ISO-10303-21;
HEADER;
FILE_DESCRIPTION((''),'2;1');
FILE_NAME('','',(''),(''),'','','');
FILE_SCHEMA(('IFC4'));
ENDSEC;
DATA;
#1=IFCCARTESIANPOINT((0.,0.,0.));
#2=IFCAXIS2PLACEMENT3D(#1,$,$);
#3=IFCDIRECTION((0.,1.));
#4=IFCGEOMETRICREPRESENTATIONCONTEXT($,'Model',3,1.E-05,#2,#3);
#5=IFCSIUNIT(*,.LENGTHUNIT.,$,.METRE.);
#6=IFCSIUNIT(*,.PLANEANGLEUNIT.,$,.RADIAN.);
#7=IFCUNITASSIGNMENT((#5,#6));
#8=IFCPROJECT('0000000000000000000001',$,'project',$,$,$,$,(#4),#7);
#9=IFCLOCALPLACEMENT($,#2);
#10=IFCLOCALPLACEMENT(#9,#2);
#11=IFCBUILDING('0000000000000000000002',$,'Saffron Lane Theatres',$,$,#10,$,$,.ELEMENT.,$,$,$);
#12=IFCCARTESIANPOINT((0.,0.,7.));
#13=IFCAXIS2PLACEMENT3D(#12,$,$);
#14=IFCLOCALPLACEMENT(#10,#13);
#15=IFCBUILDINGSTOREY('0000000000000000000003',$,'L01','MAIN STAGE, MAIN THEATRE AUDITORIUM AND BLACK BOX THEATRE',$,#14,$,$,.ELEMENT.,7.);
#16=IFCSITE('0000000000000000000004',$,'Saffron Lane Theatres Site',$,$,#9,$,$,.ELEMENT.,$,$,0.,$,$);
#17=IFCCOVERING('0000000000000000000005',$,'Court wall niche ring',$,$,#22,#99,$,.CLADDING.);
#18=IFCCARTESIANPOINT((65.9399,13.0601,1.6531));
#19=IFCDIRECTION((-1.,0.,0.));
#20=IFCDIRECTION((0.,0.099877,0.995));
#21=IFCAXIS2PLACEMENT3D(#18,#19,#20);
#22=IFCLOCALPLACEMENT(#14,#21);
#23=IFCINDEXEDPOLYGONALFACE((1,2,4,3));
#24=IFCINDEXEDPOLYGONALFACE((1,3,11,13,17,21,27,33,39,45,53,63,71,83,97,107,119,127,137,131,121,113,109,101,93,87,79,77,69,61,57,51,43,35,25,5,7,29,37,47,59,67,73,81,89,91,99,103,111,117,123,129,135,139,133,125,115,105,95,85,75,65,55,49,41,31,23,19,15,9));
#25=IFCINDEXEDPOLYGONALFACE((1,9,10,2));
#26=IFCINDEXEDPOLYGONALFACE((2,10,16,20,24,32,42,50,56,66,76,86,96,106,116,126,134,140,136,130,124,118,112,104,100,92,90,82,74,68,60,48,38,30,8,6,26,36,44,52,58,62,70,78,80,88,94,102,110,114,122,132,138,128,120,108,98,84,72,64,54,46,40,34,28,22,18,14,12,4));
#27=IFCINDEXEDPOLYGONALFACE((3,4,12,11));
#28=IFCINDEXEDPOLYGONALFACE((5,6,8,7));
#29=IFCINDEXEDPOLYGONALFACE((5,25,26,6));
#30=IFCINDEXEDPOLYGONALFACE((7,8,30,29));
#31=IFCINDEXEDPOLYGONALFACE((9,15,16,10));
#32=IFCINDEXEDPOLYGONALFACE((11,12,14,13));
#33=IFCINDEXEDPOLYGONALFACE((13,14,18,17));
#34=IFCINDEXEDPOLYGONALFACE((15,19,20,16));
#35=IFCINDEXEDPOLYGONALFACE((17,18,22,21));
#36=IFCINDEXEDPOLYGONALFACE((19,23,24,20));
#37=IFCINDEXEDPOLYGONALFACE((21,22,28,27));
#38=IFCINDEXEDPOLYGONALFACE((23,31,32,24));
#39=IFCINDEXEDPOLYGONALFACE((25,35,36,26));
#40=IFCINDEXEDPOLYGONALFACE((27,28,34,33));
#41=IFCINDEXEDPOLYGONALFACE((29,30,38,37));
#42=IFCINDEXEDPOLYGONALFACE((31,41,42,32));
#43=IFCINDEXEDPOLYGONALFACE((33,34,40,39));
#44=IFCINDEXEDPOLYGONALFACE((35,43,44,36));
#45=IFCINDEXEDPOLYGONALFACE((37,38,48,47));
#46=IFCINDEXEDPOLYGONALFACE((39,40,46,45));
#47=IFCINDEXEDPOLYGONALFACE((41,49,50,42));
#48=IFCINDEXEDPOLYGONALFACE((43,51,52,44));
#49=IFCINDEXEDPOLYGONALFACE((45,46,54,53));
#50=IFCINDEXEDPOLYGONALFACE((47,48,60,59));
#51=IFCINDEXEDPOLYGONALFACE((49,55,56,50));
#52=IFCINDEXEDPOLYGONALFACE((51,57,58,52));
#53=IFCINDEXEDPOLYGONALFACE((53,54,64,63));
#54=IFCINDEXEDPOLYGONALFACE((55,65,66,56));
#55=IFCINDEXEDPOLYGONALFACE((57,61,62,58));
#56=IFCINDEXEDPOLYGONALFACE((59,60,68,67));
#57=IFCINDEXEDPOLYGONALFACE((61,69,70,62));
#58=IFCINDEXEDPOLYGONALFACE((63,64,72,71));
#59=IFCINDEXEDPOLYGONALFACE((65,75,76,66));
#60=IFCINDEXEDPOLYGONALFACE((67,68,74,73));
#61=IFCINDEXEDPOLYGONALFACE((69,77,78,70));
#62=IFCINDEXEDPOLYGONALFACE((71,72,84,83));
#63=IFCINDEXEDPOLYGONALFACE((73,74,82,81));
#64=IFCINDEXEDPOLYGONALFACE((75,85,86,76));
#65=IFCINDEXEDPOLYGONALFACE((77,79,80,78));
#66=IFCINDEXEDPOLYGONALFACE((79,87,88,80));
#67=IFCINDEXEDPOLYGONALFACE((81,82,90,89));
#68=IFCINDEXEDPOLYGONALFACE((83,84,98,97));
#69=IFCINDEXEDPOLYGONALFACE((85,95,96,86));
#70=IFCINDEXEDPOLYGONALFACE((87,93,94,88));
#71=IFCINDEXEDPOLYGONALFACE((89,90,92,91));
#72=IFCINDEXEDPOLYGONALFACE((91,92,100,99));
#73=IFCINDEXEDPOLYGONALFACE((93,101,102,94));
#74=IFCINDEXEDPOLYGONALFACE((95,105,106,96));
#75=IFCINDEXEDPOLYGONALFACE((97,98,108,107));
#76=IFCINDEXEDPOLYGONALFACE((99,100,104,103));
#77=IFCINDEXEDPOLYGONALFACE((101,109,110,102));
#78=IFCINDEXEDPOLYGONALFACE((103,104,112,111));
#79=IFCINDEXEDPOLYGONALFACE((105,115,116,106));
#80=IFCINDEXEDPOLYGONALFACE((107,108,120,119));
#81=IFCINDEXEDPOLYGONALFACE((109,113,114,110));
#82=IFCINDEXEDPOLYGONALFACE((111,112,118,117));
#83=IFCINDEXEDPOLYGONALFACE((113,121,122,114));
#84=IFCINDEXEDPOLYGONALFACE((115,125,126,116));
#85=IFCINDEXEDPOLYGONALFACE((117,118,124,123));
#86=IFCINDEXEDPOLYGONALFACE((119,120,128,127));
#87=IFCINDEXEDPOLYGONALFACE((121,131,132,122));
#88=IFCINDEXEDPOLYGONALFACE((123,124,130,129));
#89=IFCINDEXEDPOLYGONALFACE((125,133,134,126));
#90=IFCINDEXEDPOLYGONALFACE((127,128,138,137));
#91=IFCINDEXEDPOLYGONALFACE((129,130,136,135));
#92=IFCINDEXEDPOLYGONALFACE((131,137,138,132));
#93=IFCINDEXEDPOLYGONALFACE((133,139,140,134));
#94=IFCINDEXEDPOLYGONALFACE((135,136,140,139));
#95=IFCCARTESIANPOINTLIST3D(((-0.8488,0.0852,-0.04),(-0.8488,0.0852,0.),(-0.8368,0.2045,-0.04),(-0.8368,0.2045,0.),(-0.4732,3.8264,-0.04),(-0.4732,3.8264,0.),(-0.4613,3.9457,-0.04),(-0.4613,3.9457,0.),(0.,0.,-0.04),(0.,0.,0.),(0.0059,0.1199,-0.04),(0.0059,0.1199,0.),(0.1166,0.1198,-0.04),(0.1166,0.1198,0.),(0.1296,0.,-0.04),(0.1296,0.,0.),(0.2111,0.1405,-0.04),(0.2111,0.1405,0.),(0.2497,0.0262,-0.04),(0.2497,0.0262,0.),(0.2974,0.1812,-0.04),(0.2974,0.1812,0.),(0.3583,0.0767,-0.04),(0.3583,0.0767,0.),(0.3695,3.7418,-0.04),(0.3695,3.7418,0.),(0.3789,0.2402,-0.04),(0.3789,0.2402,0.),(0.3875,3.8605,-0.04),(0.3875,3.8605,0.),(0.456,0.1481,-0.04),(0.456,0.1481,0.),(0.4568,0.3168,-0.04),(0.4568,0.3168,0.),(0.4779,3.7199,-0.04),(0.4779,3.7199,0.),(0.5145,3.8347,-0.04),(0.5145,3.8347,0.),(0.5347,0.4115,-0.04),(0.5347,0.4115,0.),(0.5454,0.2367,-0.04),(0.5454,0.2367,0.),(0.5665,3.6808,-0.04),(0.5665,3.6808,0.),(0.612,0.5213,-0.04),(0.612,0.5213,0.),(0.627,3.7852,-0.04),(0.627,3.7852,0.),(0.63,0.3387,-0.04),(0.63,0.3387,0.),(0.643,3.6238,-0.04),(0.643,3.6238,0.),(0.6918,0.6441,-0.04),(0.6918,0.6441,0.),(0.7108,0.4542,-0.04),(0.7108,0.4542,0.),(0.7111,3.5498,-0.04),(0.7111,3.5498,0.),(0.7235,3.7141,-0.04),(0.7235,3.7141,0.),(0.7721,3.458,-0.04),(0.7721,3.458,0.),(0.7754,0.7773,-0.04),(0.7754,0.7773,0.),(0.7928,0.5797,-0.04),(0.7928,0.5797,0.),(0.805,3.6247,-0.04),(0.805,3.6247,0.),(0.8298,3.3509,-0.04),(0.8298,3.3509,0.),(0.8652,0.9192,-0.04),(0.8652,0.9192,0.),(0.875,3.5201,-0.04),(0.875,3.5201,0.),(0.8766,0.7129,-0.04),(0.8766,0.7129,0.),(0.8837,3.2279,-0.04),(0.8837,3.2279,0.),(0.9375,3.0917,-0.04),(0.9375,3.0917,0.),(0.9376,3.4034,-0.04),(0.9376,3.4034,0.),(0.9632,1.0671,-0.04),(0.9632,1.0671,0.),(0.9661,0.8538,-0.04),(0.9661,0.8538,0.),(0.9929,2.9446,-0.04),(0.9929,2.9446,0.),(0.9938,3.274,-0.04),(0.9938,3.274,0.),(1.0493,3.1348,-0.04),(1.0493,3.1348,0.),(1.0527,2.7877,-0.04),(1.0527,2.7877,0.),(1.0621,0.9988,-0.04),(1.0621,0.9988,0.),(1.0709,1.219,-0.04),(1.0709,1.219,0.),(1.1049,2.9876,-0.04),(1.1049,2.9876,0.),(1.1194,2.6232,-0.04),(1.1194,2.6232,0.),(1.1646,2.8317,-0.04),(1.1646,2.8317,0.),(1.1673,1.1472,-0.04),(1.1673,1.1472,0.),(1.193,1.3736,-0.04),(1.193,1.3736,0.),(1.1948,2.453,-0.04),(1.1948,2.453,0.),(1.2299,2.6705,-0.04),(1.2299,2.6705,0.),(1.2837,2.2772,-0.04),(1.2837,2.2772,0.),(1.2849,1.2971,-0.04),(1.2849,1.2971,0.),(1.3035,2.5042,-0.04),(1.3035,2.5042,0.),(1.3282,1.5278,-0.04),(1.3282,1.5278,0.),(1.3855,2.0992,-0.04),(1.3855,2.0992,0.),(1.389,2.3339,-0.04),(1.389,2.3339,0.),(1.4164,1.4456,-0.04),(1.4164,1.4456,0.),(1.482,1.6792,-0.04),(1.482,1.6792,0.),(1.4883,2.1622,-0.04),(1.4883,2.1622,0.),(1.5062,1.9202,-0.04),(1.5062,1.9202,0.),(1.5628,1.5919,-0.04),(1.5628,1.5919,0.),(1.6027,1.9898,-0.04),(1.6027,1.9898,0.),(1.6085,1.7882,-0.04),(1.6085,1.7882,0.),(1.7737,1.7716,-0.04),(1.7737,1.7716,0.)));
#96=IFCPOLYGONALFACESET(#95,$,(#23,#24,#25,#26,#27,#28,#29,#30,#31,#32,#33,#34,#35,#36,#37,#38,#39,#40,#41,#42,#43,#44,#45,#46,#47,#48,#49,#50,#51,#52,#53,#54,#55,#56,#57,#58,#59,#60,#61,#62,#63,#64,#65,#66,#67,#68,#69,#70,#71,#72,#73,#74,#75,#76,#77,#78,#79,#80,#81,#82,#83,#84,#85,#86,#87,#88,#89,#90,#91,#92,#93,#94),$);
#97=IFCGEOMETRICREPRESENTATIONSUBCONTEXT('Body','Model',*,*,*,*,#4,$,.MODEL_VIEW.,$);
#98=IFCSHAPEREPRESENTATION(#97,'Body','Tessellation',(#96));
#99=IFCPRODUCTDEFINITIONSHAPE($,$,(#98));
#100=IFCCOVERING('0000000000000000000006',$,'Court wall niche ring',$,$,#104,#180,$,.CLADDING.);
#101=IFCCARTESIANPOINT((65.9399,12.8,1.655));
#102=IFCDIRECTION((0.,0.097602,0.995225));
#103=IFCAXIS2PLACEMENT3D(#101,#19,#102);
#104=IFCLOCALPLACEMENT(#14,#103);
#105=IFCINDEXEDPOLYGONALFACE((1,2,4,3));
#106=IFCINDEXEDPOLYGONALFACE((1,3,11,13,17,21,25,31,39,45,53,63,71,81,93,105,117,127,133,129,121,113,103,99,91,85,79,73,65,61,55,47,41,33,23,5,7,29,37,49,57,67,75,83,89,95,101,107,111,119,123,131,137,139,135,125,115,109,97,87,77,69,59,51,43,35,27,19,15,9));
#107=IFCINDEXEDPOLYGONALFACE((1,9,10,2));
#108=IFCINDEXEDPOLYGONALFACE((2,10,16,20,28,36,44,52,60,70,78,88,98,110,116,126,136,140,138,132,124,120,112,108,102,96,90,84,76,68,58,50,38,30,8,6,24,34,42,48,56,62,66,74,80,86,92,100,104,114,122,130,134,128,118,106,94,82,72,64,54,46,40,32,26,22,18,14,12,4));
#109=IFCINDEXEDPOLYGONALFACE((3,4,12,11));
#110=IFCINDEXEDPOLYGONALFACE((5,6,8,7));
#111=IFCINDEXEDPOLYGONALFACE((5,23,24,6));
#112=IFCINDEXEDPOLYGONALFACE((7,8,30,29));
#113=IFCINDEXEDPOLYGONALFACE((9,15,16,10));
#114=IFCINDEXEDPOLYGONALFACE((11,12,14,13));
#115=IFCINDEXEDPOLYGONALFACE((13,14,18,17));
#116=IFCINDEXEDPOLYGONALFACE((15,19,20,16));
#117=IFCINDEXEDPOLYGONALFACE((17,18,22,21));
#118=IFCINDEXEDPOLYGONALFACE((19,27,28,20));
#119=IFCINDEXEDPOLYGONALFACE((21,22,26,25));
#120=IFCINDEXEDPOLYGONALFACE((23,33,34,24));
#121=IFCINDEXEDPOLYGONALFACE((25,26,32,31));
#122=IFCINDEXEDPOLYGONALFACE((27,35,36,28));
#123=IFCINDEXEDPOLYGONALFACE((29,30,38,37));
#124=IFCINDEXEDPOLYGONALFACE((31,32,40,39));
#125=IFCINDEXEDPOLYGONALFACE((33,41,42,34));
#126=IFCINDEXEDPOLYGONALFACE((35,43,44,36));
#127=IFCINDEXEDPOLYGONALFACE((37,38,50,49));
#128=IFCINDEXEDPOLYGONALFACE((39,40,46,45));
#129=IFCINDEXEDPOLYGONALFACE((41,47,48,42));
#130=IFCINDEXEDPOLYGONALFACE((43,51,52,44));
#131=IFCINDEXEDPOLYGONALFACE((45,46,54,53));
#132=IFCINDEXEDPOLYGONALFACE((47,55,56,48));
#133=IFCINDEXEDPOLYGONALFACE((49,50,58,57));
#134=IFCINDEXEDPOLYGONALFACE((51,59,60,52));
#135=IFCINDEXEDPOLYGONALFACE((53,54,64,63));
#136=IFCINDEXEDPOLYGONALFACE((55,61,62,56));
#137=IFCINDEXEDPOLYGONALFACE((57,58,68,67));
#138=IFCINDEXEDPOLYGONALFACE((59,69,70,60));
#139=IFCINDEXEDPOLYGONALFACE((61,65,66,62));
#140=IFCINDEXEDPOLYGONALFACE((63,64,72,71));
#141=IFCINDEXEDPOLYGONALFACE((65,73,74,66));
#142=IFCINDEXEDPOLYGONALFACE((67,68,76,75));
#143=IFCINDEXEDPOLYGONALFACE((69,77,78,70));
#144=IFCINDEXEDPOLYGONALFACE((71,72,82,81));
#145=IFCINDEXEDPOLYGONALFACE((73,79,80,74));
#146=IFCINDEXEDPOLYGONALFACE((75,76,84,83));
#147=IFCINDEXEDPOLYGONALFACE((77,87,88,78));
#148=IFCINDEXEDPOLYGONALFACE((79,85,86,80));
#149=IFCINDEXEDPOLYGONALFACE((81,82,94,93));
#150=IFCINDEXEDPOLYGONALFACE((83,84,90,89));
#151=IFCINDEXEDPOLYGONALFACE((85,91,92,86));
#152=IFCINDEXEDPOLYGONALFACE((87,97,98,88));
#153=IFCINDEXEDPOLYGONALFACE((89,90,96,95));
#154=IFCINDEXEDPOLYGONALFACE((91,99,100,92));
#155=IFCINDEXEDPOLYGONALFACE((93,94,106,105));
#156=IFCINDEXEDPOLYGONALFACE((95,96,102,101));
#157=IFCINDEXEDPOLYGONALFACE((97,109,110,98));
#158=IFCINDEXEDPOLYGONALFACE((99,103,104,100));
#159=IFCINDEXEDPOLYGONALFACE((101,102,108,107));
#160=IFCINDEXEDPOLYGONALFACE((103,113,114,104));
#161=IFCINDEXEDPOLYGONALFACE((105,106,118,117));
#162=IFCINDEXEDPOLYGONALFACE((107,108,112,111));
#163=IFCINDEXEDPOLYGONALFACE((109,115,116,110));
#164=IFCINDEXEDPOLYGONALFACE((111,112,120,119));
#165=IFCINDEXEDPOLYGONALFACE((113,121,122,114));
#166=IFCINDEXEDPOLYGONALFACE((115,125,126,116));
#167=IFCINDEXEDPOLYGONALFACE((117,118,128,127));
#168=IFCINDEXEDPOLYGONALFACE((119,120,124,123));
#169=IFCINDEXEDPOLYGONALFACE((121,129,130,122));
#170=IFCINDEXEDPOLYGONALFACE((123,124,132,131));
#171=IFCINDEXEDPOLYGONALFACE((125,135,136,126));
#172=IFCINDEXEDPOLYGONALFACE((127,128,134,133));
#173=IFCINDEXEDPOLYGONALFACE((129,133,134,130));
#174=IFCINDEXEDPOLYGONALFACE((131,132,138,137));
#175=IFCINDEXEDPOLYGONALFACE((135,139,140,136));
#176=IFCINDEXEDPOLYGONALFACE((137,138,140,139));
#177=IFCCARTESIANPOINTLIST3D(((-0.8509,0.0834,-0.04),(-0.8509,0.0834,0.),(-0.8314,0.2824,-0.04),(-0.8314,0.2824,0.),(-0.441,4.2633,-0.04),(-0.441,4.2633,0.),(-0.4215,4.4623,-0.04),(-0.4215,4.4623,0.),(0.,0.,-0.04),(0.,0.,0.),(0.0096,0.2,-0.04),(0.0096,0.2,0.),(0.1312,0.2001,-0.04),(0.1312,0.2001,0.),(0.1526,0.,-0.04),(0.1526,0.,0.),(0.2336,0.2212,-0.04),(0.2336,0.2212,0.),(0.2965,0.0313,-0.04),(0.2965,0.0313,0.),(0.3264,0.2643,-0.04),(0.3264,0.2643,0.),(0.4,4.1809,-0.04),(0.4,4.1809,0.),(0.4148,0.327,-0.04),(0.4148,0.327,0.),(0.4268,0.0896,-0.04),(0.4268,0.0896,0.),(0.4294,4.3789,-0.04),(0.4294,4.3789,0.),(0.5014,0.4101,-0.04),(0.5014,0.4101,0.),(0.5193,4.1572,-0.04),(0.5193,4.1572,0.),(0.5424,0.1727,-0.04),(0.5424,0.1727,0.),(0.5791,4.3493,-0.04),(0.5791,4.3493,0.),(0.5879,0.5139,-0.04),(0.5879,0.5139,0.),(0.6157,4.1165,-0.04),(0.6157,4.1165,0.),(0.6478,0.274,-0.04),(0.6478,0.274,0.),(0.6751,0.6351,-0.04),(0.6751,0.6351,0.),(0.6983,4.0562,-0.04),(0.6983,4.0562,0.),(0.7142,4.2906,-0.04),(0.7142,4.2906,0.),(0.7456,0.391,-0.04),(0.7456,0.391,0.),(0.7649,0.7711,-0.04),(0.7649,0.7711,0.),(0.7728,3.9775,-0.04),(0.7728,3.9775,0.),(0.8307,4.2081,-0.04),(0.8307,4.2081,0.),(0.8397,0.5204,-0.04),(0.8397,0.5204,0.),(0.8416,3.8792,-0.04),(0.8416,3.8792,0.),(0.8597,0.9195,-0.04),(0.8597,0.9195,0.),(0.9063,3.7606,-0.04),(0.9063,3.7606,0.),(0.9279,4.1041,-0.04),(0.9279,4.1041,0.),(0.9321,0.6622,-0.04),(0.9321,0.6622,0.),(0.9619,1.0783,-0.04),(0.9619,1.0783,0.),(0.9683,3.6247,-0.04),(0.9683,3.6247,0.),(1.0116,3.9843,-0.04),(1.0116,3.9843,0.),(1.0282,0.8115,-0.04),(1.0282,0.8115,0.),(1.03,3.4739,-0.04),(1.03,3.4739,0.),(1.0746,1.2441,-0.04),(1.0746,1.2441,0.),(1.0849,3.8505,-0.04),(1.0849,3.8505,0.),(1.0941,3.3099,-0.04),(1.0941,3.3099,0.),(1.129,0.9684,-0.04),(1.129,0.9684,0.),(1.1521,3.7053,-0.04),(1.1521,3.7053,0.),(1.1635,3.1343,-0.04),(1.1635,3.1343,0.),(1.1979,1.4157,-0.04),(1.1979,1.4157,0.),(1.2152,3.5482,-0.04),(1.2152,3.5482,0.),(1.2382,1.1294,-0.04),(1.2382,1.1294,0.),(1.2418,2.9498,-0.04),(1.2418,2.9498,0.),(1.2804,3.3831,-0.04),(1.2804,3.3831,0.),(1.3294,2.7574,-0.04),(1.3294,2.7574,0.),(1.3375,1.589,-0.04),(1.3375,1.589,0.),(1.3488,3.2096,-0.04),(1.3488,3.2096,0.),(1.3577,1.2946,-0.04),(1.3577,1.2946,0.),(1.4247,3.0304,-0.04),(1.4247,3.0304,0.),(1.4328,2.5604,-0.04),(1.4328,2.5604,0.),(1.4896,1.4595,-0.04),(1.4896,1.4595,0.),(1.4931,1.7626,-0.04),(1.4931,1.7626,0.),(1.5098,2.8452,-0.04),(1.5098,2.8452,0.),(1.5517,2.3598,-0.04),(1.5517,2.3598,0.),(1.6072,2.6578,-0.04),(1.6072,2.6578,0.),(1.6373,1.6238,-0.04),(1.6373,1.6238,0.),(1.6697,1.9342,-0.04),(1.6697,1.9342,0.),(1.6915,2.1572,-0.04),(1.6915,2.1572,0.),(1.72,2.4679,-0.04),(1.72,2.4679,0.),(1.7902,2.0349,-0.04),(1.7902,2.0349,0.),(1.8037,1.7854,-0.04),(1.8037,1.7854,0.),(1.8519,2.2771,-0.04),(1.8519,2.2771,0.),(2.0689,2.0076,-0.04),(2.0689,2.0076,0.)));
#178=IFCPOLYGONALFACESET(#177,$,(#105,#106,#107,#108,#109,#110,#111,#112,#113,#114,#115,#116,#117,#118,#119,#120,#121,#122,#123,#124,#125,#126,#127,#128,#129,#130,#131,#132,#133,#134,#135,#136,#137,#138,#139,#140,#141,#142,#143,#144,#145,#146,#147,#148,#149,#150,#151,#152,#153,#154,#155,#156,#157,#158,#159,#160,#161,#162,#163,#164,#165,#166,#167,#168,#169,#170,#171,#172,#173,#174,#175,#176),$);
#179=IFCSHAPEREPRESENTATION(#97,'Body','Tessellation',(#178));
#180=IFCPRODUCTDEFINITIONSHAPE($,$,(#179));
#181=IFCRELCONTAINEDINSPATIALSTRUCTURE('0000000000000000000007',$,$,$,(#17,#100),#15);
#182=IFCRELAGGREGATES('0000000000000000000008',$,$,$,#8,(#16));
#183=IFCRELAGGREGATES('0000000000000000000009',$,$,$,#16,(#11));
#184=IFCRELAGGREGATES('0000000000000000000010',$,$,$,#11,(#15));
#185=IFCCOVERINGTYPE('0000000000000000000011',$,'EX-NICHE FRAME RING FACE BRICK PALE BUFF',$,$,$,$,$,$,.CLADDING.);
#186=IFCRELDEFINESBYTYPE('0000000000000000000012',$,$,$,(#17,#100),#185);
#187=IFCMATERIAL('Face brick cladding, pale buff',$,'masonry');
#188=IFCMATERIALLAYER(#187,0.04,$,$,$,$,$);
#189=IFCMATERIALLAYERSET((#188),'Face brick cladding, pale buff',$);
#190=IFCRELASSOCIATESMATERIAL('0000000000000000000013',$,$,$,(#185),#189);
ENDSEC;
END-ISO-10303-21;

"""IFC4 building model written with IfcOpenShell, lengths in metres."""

from ifc_helpers import new_model, si_unit, direction, frame, origin, place, context, subcontext, project, spatial, polyline, outline, extrude, material, layer, layer_set, type_object, element, save


model = new_model("IFC4")

# Units and contexts
model_context = context("Model", 3, precision=1e-05, world=origin(), true_north=direction((0.0, 1.0)))
body_context = subcontext(model_context, "Body", "Model", "MODEL_VIEW")
ifc_project = project(units=[si_unit("LENGTHUNIT", "METRE"), si_unit("PLANEANGLEUNIT", "RADIAN")], contexts=[model_context])

# Site, building, storey
site_placement = place(None, origin())
site = spatial("IfcSite", under=ifc_project, at=site_placement, Name="Saffron Lane Theatres Site", CompositionType="ELEMENT", RefElevation=0.0)
building_placement = place(site_placement, origin())
building = spatial("IfcBuilding", under=site, at=building_placement, Name="Saffron Lane Theatres", CompositionType="ELEMENT")
storey_placement = place(building_placement, frame((0.0, 0.0, 7.0)))
storey = spatial("IfcBuildingStorey", under=building, at=storey_placement, Name="L01", Description="MAIN STAGE, MAIN THEATRE AUDITORIUM AND BLACK BOX THEATRE", CompositionType="ELEMENT", Elevation=7.0)

# Coverings
ifc_material_1 = material(Name="Face brick cladding, pale buff", Category="masonry")
ifc_layer_1 = layer(ifc_material_1, 0.04)
ifc_layer_set_1 = layer_set([ifc_layer_1], Name="Face brick cladding, pale buff")
covering_type_1 = type_object("IfcCoveringType", Name="EX-NICHE FRAME RING FACE BRICK PALE BUFF", PredefinedType="CLADDING", material=ifc_layer_set_1)
covering_1_placement = place(storey_placement, frame((65.9399, 13.0601, 1.6531), z_axis=(-1.0, 0.0, 0.0), x_axis=(0.0, 0.099877, 0.995)))
element("IfcCovering", 1, at=covering_1_placement, inside=storey, type_object=covering_type_1, Name="Court wall niche ring", PredefinedType="CLADDING", context=body_context, shape_type="SweptSolid", body=[
    extrude(outline(polyline([(0.0, 0.0), (0.1296, 0.0), (0.2497, 0.0262), (0.3583, 0.0767), (0.456, 0.1481), (0.5454, 0.2367), (0.63, 0.3387), (0.7108, 0.4542), (0.7928, 0.5797), (0.8766, 0.7129), (0.9661, 0.8538), (1.0621, 0.9988), (1.1673, 1.1472), (1.2849, 1.2971), (1.4164, 1.4456), (1.5628, 1.5919), (1.7737, 1.7716), (1.6027, 1.9898), (1.4883, 2.1622), (1.389, 2.3339), (1.3035, 2.5042), (1.2299, 2.6705), (1.1646, 2.8317), (1.1049, 2.9876), (1.0493, 3.1348), (0.9938, 3.274), (0.9376, 3.4034), (0.875, 3.5201), (0.805, 3.6247), (0.7235, 3.7141), (0.627, 3.7852), (0.5145, 3.8347), (0.3875, 3.8605), (-0.4613, 3.9457), (-0.4732, 3.8264), (0.3695, 3.7418), (0.4779, 3.7199), (0.5665, 3.6808), (0.643, 3.6238), (0.7111, 3.5498), (0.7721, 3.458), (0.8298, 3.3509), (0.8837, 3.2279), (0.9375, 3.0917), (0.9929, 2.9446), (1.0527, 2.7877), (1.1194, 2.6232), (1.1948, 2.453), (1.2837, 2.2772), (1.3855, 2.0992), (1.5062, 1.9202), (1.6085, 1.7882), (1.482, 1.6792), (1.3282, 1.5278), (1.193, 1.3736), (1.0709, 1.219), (0.9632, 1.0671), (0.8652, 0.9192), (0.7754, 0.7773), (0.6918, 0.6441), (0.612, 0.5213), (0.5347, 0.4115), (0.4568, 0.3168), (0.3789, 0.2402), (0.2974, 0.1812), (0.2111, 0.1405), (0.1166, 0.1198), (0.0059, 0.1199), (-0.8368, 0.2045), (-0.8488, 0.0852), (0.0, 0.0)])), origin(), (0.0, 0.0, -1.0), 0.04),
])
covering_2_placement = place(storey_placement, frame((65.9399, 12.8, 1.655), z_axis=(-1.0, 0.0, 0.0), x_axis=(0.0, 0.097602, 0.995225)))
element("IfcCovering", 2, at=covering_2_placement, inside=storey, type_object=covering_type_1, Name="Court wall niche ring", PredefinedType="CLADDING", context=body_context, shape_type="SweptSolid", body=[
    extrude(outline(polyline([(0.0, 0.0), (0.1526, 0.0), (0.2965, 0.0313), (0.4268, 0.0896), (0.5424, 0.1727), (0.6478, 0.274), (0.7456, 0.391), (0.8397, 0.5204), (0.9321, 0.6622), (1.0282, 0.8115), (1.129, 0.9684), (1.2382, 1.1294), (1.3577, 1.2946), (1.4896, 1.4595), (1.6373, 1.6238), (1.8037, 1.7854), (2.0689, 2.0076), (1.8519, 2.2771), (1.72, 2.4679), (1.6072, 2.6578), (1.5098, 2.8452), (1.4247, 3.0304), (1.3488, 3.2096), (1.2804, 3.3831), (1.2152, 3.5482), (1.1521, 3.7053), (1.0849, 3.8505), (1.0116, 3.9843), (0.9279, 4.1041), (0.8307, 4.2081), (0.7142, 4.2906), (0.5791, 4.3493), (0.4294, 4.3789), (-0.4215, 4.4623), (-0.441, 4.2633), (0.4, 4.1809), (0.5193, 4.1572), (0.6157, 4.1165), (0.6983, 4.0562), (0.7728, 3.9775), (0.8416, 3.8792), (0.9063, 3.7606), (0.9683, 3.6247), (1.03, 3.4739), (1.0941, 3.3099), (1.1635, 3.1343), (1.2418, 2.9498), (1.3294, 2.7574), (1.4328, 2.5604), (1.5517, 2.3598), (1.6915, 2.1572), (1.7902, 2.0349), (1.6697, 1.9342), (1.4931, 1.7626), (1.3375, 1.589), (1.1979, 1.4157), (1.0746, 1.2441), (0.9619, 1.0783), (0.8597, 0.9195), (0.7649, 0.7711), (0.6751, 0.6351), (0.5879, 0.5139), (0.5014, 0.4101), (0.4148, 0.327), (0.3264, 0.2643), (0.2336, 0.2212), (0.1312, 0.2001), (0.0096, 0.2), (-0.8314, 0.2824), (-0.8509, 0.0834), (0.0, 0.0)])), origin(), (0.0, 0.0, -1.0), 0.04),
])

save(model, "model.ifc")
